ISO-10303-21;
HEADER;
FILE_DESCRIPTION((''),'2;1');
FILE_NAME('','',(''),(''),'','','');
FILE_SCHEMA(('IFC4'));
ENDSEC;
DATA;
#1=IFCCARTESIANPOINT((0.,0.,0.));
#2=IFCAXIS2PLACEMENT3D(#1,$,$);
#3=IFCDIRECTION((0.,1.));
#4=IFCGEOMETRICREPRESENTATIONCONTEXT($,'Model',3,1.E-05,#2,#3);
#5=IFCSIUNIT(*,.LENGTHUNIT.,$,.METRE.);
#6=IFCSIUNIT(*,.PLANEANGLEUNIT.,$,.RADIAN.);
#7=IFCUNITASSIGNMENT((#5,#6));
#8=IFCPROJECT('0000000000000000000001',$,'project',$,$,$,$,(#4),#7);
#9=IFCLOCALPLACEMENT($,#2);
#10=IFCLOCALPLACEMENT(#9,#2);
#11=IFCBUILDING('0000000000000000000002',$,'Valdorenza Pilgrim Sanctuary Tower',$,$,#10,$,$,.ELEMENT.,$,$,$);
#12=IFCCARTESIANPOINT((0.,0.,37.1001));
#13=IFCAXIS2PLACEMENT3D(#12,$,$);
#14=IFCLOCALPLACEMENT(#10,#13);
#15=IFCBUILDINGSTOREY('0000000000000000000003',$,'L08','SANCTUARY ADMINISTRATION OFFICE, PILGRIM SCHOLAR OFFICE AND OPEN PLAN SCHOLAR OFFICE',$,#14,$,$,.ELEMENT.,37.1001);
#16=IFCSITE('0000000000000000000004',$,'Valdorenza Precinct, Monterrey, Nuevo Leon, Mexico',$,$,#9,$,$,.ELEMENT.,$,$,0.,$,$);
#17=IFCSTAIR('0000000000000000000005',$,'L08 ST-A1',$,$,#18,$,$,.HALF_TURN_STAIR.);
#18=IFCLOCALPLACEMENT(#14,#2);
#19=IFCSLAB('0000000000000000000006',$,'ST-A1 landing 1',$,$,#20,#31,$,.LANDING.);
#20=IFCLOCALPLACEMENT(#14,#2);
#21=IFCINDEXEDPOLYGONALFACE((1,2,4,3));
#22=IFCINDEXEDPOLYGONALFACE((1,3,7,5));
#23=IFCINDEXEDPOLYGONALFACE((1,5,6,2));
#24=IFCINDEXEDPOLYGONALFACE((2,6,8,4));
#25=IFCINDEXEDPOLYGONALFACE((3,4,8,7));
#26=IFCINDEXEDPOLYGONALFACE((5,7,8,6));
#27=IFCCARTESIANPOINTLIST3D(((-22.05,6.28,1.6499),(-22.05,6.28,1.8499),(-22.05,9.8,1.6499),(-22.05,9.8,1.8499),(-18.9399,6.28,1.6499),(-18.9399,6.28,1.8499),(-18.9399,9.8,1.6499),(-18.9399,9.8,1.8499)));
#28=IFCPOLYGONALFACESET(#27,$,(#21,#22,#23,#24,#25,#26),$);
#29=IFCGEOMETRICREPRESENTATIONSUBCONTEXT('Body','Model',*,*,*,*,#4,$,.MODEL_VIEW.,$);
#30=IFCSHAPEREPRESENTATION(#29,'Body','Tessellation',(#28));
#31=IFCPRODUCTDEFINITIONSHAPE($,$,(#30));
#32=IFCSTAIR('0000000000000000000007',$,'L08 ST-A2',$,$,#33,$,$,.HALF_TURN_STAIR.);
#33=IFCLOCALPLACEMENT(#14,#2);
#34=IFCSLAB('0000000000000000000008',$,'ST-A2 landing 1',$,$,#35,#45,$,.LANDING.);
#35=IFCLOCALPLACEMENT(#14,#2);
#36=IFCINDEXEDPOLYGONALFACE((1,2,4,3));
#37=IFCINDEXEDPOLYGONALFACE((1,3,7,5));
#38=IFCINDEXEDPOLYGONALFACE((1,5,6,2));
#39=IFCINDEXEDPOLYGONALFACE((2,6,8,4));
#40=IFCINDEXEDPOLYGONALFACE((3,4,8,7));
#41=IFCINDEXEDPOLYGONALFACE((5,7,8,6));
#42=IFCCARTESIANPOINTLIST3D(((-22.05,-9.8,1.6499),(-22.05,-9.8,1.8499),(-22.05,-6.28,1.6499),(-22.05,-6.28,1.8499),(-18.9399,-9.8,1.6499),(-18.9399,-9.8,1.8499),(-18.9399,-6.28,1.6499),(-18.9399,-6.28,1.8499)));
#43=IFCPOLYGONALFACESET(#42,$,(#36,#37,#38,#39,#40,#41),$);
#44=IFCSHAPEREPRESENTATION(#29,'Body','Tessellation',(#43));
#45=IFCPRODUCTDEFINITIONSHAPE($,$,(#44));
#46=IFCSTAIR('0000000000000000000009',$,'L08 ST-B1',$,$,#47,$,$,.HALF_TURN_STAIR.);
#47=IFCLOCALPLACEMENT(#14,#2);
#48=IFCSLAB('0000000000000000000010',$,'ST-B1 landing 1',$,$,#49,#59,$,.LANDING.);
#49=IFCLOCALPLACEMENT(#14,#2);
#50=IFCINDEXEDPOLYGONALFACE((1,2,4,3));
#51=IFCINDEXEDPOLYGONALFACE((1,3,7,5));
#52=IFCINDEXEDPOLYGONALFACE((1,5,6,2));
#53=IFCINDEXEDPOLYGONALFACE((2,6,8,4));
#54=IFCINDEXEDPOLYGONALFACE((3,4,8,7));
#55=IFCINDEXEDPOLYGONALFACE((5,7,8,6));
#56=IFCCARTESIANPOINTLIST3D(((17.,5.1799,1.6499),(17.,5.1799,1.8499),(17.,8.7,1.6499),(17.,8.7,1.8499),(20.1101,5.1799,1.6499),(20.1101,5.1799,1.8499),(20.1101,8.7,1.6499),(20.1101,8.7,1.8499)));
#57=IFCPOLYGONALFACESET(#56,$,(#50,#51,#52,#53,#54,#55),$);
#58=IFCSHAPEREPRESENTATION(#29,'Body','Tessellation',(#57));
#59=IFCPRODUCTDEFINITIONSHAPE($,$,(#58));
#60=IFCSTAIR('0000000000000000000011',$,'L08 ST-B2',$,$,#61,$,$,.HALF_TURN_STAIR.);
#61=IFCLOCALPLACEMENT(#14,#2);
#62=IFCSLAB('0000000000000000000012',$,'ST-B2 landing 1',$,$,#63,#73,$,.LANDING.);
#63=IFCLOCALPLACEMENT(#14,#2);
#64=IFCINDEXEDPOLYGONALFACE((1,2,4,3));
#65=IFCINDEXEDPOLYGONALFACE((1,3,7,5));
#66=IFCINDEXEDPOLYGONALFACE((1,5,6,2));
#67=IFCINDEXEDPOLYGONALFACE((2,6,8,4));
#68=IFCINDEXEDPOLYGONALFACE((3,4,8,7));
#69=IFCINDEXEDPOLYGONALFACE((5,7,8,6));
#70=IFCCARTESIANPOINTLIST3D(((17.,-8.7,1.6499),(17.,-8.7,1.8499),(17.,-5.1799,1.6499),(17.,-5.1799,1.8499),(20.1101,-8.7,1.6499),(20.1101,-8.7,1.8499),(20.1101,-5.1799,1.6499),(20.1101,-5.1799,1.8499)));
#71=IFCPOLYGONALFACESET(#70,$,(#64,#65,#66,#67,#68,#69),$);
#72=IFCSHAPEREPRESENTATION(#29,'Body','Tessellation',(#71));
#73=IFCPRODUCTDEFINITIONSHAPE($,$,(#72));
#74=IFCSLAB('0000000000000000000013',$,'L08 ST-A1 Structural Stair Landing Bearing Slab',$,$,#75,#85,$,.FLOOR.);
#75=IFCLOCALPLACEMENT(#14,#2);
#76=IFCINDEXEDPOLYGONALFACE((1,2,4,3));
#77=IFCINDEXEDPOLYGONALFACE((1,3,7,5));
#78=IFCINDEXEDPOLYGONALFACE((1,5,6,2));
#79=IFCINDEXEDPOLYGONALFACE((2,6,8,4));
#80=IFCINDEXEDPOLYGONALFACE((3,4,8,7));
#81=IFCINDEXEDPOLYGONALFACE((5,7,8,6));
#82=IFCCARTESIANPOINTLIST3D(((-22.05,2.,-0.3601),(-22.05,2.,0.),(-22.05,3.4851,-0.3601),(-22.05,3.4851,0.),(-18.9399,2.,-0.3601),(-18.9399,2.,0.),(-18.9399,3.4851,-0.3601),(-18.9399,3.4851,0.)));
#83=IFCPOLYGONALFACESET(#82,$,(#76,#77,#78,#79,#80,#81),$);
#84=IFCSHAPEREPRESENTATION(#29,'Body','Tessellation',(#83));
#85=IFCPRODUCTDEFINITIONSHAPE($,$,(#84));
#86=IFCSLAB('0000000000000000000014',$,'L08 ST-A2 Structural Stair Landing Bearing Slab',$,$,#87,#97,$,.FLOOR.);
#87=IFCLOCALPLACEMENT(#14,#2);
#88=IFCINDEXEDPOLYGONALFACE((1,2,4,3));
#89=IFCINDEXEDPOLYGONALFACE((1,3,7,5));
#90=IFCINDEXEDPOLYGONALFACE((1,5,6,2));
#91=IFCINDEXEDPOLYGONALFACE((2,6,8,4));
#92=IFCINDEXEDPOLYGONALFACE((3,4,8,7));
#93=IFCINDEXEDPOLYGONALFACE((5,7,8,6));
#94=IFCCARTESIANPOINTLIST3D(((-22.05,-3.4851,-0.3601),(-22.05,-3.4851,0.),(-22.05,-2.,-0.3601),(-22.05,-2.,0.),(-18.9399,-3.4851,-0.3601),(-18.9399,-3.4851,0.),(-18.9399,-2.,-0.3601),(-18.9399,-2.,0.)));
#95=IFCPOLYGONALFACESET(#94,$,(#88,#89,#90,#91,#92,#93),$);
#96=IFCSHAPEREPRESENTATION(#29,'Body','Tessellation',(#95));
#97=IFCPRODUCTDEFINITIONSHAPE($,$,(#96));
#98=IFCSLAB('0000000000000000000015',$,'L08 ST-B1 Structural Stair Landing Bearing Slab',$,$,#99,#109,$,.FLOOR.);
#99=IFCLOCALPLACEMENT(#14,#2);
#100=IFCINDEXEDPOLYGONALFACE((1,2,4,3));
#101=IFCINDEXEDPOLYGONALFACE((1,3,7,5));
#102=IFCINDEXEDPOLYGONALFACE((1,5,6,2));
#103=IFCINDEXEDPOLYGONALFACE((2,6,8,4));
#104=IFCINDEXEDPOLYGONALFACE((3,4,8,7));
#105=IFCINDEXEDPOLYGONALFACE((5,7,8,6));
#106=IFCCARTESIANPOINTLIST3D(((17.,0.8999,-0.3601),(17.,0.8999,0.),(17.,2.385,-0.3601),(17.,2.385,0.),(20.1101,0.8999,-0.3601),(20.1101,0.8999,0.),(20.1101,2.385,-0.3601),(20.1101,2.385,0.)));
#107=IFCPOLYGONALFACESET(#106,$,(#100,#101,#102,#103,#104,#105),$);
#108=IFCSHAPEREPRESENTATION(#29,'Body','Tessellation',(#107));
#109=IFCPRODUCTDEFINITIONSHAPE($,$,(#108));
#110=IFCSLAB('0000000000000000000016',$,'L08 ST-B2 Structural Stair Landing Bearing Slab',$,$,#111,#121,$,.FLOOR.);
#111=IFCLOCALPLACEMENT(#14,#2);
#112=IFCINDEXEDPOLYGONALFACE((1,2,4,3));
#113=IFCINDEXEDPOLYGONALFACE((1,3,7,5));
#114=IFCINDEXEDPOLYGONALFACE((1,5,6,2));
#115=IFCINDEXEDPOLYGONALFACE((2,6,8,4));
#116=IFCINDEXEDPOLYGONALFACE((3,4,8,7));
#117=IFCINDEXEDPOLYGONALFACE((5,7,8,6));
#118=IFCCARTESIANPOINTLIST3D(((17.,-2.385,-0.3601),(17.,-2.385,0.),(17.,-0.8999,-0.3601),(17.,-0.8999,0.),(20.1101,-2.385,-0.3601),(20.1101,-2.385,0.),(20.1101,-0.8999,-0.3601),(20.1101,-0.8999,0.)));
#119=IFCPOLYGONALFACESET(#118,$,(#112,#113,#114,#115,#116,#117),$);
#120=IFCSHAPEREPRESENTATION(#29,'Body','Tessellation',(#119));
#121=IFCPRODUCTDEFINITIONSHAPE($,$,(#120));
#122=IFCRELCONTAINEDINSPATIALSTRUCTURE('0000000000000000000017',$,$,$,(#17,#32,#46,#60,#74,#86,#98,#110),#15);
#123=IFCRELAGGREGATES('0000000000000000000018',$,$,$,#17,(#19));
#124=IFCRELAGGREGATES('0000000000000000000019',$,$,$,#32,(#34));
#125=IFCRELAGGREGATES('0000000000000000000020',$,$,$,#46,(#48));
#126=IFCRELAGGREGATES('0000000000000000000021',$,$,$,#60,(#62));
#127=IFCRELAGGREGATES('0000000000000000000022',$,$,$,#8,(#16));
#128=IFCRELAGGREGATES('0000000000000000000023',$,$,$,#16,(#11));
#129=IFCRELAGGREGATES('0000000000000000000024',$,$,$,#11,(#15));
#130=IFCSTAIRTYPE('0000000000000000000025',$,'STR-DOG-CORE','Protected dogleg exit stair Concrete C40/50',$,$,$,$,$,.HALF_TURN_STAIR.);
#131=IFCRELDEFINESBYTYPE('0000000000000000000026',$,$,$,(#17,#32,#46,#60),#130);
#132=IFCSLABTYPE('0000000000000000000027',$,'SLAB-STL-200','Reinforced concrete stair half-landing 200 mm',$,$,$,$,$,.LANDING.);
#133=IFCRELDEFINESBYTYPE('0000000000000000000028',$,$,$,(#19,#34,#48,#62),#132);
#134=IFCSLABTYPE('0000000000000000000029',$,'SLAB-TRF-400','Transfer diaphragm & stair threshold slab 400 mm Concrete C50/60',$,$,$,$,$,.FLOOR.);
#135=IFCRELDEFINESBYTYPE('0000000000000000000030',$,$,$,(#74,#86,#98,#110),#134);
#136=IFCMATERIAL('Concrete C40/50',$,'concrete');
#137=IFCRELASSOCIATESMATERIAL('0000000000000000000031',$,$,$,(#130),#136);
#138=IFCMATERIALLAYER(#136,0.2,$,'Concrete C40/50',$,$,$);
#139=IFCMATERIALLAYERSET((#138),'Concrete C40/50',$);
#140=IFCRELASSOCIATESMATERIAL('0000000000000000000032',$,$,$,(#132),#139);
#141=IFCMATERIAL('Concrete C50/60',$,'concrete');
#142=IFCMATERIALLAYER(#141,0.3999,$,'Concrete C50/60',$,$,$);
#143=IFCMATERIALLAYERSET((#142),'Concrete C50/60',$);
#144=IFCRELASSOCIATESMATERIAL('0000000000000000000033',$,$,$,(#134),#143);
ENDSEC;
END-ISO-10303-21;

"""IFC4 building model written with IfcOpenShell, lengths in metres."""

from ifc_helpers import new_model, si_unit, direction, frame, origin, place, context, subcontext, project, spatial, polyline, outline, extrude, material, layer, layer_set, type_object, element, aggregate, save


model = new_model("IFC4")

# Units and contexts
model_context = context("Model", 3, precision=1e-05, world=origin(), true_north=direction((0.0, 1.0)))
body_context = subcontext(model_context, "Body", "Model", "MODEL_VIEW")
ifc_project = project(units=[si_unit("LENGTHUNIT", "METRE"), si_unit("PLANEANGLEUNIT", "RADIAN")], contexts=[model_context])

# Site, building, storey
site_placement = place(None, origin())
site = spatial("IfcSite", under=ifc_project, at=site_placement, Name="Valdorenza Precinct, Monterrey, Nuevo Leon, Mexico", CompositionType="ELEMENT", RefElevation=0.0)
building_placement = place(site_placement, origin())
building = spatial("IfcBuilding", under=site, at=building_placement, Name="Valdorenza Pilgrim Sanctuary Tower", CompositionType="ELEMENT")
storey_placement = place(building_placement, frame((0.0, 0.0, 37.1001)))
storey = spatial("IfcBuildingStorey", under=building, at=storey_placement, Name="L08", Description="SANCTUARY ADMINISTRATION OFFICE, PILGRIM SCHOLAR OFFICE AND OPEN PLAN SCHOLAR OFFICE", CompositionType="ELEMENT", Elevation=37.1001)

# Shared definitions
ifc_material_1 = material(Name="Concrete C40/50", Category="concrete")

# Stairs, slabs
stair_type = type_object("IfcStairType", Name="STR-DOG-CORE", Description="Protected dogleg exit stair Concrete C40/50", PredefinedType="HALF_TURN_STAIR", material=ifc_material_1)
stair_1_placement = place(storey_placement, origin())
stair_1 = element("IfcStair", 1, at=stair_1_placement, inside=storey, type_object=stair_type, Name="L08 ST-A1", PredefinedType="HALF_TURN_STAIR")
ifc_layer_1 = layer(ifc_material_1, 0.2, Name="Concrete C40/50")
ifc_layer_set_1 = layer_set([ifc_layer_1], Name="Concrete C40/50")
slab_type_1 = type_object("IfcSlabType", Name="SLAB-STL-200", Description="Reinforced concrete stair half-landing 200 mm", PredefinedType="LANDING", material=ifc_layer_set_1)
slab_1_placement = place(storey_placement, frame((0.0, 0.0, 1.6499)))
slab_1 = element("IfcSlab", 2, at=slab_1_placement, type_object=slab_type_1, Name="ST-A1 landing 1", PredefinedType="LANDING", context=body_context, shape_type="SweptSolid", body=[
    extrude(outline(polyline([(-18.9399, 6.28), (-18.9399, 9.8), (-22.05, 9.8), (-22.05, 6.28), (-18.9399, 6.28)])), origin(), (0.0, 0.0, 1.0), 0.2),
])
aggregate(stair_1, [slab_1])
stair_2_placement = place(storey_placement, origin())
stair_2 = element("IfcStair", 3, at=stair_2_placement, inside=storey, type_object=stair_type, Name="L08 ST-A2", PredefinedType="HALF_TURN_STAIR")
slab_2_placement = place(storey_placement, frame((0.0, 0.0, 1.6499)))
slab_2 = element("IfcSlab", 4, at=slab_2_placement, type_object=slab_type_1, Name="ST-A2 landing 1", PredefinedType="LANDING", context=body_context, shape_type="SweptSolid", body=[
    extrude(outline(polyline([(-22.05, -6.28), (-22.05, -9.8), (-18.9399, -9.8), (-18.9399, -6.28), (-22.05, -6.28)])), origin(), (0.0, 0.0, 1.0), 0.2),
])
aggregate(stair_2, [slab_2])
stair_3_placement = place(storey_placement, origin())
stair_3 = element("IfcStair", 5, at=stair_3_placement, inside=storey, type_object=stair_type, Name="L08 ST-B1", PredefinedType="HALF_TURN_STAIR")
slab_3_placement = place(storey_placement, frame((0.0, 0.0, 1.6499)))
slab_3 = element("IfcSlab", 6, at=slab_3_placement, type_object=slab_type_1, Name="ST-B1 landing 1", PredefinedType="LANDING", context=body_context, shape_type="SweptSolid", body=[
    extrude(outline(polyline([(20.1101, 5.1799), (20.1101, 8.7), (17.0, 8.7), (17.0, 5.1799), (20.1101, 5.1799)])), origin(), (0.0, 0.0, 1.0), 0.2),
])
aggregate(stair_3, [slab_3])
stair_4_placement = place(storey_placement, origin())
stair_4 = element("IfcStair", 7, at=stair_4_placement, inside=storey, type_object=stair_type, Name="L08 ST-B2", PredefinedType="HALF_TURN_STAIR")
slab_4_placement = place(storey_placement, frame((0.0, 0.0, 1.6499)))
slab_4 = element("IfcSlab", 8, at=slab_4_placement, type_object=slab_type_1, Name="ST-B2 landing 1", PredefinedType="LANDING", context=body_context, shape_type="SweptSolid", body=[
    extrude(outline(polyline([(17.0, -5.1799), (17.0, -8.7), (20.1101, -8.7), (20.1101, -5.1799), (17.0, -5.1799)])), origin(), (0.0, 0.0, 1.0), 0.2),
])
aggregate(stair_4, [slab_4])

# Slabs
ifc_material_2 = material(Name="Concrete C50/60", Category="concrete")
ifc_layer_2 = layer(ifc_material_2, 0.3999, Name="Concrete C50/60")
ifc_layer_set_2 = layer_set([ifc_layer_2], Name="Concrete C50/60")
slab_type_2 = type_object("IfcSlabType", Name="SLAB-TRF-400", Description="Transfer diaphragm & stair threshold slab 400 mm Concrete C50/60", PredefinedType="FLOOR", material=ifc_layer_set_2)
slab_5_placement = place(storey_placement, frame((0.0, 0.0, -0.3601)))
element("IfcSlab", 9, at=slab_5_placement, inside=storey, type_object=slab_type_2, Name="L08 ST-A1 Structural Stair Landing Bearing Slab", PredefinedType="FLOOR", context=body_context, shape_type="SweptSolid", body=[
    extrude(outline(polyline([(-22.05, 2.0), (-18.9399, 2.0), (-18.9399, 3.4851), (-22.05, 3.4851), (-22.05, 2.0)])), origin(), (0.0, 0.0, 1.0), 0.3601),
])
slab_6_placement = place(storey_placement, frame((0.0, 0.0, -0.3601)))
element("IfcSlab", 10, at=slab_6_placement, inside=storey, type_object=slab_type_2, Name="L08 ST-A2 Structural Stair Landing Bearing Slab", PredefinedType="FLOOR", context=body_context, shape_type="SweptSolid", body=[
    extrude(outline(polyline([(-22.05, -3.4851), (-18.9399, -3.4851), (-18.9399, -2.0), (-22.05, -2.0), (-22.05, -3.4851)])), origin(), (0.0, 0.0, 1.0), 0.3601),
])
slab_7_placement = place(storey_placement, frame((0.0, 0.0, -0.3601)))
element("IfcSlab", 11, at=slab_7_placement, inside=storey, type_object=slab_type_2, Name="L08 ST-B1 Structural Stair Landing Bearing Slab", PredefinedType="FLOOR", context=body_context, shape_type="SweptSolid", body=[
    extrude(outline(polyline([(17.0, 0.8999), (20.1101, 0.8999), (20.1101, 2.385), (17.0, 2.385), (17.0, 0.8999)])), origin(), (0.0, 0.0, 1.0), 0.3601),
])
slab_8_placement = place(storey_placement, frame((0.0, 0.0, -0.3601)))
element("IfcSlab", 12, at=slab_8_placement, inside=storey, type_object=slab_type_2, Name="L08 ST-B2 Structural Stair Landing Bearing Slab", PredefinedType="FLOOR", context=body_context, shape_type="SweptSolid", body=[
    extrude(outline(polyline([(17.0, -2.385), (20.1101, -2.385), (20.1101, -0.8999), (17.0, -0.8999), (17.0, -2.385)])), origin(), (0.0, 0.0, 1.0), 0.3601),
])

save(model, "model.ifc")
